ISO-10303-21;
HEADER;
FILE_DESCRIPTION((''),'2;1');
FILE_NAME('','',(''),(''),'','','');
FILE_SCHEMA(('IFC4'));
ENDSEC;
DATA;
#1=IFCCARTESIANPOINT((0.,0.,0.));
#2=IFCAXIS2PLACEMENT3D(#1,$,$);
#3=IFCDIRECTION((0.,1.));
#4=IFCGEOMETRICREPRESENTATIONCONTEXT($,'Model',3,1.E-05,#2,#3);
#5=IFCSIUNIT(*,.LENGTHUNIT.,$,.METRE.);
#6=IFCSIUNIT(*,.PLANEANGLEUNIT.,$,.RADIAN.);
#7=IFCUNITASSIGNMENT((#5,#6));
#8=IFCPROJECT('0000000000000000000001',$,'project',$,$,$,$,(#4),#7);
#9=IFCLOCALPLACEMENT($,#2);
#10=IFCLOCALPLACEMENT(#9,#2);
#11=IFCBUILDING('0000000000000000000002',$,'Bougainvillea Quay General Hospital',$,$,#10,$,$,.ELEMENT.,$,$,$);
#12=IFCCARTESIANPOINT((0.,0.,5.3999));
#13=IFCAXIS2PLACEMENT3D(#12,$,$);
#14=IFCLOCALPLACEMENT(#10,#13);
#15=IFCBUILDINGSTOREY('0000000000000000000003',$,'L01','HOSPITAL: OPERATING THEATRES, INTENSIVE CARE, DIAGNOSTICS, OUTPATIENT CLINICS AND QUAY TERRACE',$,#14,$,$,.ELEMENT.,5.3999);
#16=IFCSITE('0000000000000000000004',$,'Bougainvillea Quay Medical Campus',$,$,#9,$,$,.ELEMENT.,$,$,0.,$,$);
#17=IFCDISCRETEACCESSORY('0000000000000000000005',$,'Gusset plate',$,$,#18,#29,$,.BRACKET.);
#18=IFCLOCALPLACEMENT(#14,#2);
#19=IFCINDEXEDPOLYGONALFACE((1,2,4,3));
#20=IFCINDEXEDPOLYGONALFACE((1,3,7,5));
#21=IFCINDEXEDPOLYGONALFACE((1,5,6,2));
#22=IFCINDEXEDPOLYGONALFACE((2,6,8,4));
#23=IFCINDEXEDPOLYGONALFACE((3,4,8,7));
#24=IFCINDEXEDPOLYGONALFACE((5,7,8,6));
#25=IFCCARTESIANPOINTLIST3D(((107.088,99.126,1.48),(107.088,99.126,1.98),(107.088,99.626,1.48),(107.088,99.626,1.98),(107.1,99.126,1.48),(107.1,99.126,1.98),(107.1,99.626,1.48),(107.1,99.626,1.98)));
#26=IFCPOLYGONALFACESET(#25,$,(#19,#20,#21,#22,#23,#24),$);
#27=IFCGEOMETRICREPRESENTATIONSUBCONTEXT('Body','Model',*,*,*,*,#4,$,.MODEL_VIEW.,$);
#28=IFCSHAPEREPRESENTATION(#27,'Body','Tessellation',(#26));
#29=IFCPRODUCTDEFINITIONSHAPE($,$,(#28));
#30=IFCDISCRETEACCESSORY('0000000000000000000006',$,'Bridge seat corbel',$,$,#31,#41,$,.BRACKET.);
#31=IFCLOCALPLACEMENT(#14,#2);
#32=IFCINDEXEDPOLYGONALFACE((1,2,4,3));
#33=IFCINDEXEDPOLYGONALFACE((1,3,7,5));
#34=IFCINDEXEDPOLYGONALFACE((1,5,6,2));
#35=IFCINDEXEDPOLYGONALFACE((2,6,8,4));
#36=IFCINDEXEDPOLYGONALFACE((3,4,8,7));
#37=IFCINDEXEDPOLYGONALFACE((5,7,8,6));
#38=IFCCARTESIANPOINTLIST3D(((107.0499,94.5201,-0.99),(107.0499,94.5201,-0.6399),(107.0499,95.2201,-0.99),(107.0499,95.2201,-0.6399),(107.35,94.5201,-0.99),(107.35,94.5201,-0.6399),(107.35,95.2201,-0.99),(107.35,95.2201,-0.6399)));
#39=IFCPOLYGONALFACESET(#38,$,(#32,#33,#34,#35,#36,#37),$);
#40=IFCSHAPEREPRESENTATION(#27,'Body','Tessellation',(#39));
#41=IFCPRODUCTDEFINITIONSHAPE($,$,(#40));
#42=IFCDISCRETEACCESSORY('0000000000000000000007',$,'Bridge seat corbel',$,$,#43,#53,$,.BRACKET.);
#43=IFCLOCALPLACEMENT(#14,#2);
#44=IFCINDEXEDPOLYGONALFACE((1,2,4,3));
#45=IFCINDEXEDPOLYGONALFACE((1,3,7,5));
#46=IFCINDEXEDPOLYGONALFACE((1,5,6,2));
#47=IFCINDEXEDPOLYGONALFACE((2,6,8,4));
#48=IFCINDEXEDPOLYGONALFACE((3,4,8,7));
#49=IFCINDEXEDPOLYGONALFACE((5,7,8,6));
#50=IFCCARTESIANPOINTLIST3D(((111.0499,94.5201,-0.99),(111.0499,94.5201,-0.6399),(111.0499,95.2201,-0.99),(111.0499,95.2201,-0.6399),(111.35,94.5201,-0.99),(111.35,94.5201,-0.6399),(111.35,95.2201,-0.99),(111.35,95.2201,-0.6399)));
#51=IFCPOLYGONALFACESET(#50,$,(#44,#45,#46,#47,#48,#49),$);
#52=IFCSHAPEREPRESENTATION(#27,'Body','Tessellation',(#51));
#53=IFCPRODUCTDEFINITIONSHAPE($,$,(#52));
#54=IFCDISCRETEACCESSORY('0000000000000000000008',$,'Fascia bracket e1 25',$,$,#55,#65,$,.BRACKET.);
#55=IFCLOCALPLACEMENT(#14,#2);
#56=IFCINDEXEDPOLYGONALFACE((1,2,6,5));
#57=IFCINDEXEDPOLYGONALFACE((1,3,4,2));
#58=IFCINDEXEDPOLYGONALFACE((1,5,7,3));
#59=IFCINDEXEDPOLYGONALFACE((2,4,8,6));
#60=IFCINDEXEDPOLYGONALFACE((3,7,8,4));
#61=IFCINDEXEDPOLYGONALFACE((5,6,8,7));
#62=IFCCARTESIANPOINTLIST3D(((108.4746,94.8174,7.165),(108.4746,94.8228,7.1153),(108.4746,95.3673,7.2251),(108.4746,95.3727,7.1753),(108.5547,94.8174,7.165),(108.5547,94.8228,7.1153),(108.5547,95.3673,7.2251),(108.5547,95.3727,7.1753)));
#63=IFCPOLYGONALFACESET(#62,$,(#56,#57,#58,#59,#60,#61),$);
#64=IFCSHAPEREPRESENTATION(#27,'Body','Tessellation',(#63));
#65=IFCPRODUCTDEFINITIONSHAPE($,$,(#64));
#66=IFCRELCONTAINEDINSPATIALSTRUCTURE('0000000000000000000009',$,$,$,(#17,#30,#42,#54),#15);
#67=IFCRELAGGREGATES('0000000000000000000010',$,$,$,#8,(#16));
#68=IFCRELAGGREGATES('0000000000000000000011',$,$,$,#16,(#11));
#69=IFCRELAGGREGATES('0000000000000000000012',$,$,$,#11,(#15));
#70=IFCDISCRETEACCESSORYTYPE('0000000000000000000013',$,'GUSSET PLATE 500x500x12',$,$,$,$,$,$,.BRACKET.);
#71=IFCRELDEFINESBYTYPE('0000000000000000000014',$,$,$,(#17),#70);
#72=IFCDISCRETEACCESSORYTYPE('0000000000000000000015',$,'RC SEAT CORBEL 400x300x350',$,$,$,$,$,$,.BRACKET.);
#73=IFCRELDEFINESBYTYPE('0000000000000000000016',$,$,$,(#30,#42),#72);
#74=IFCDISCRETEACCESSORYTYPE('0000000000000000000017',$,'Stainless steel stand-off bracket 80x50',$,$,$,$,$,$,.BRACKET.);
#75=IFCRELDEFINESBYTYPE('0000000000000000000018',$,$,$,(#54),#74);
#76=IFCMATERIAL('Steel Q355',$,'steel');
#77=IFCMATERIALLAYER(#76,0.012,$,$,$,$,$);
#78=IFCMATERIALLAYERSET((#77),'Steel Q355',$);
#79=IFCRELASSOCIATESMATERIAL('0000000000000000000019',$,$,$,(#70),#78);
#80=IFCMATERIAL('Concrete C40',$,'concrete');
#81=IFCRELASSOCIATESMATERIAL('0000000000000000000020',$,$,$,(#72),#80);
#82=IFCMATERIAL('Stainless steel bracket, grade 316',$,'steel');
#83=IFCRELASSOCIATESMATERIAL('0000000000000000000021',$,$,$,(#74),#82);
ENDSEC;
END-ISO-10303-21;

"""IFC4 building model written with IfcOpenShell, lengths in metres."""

from ifc_helpers import new_model, si_unit, direction, frame, origin, origin_2d, place, context, subcontext, project, spatial, rectangle, extrude, material, layer, layer_set, material_profile, profile_set, type_object, element, save


model = new_model("IFC4")

# Units and contexts
model_context = context("Model", 3, precision=1e-05, world=origin(), true_north=direction((0.0, 1.0)))
body_context = subcontext(model_context, "Body", "Model", "MODEL_VIEW")
ifc_project = project(units=[si_unit("LENGTHUNIT", "METRE"), si_unit("PLANEANGLEUNIT", "RADIAN")], contexts=[model_context])

# Site, building, storey
site_placement = place(None, origin())
site = spatial("IfcSite", under=ifc_project, at=site_placement, Name="Bougainvillea Quay Medical Campus", CompositionType="ELEMENT", RefElevation=0.0)
building_placement = place(site_placement, origin())
building = spatial("IfcBuilding", under=site, at=building_placement, Name="Bougainvillea Quay General Hospital", CompositionType="ELEMENT")
storey_placement = place(building_placement, frame((0.0, 0.0, 5.3999)))
storey = spatial("IfcBuildingStorey", under=building, at=storey_placement, Name="L01", Description="HOSPITAL: OPERATING THEATRES, INTENSIVE CARE, DIAGNOSTICS, OUTPATIENT CLINICS AND QUAY TERRACE", CompositionType="ELEMENT", Elevation=5.3999)

# Shared definitions
ifc_material_1 = material(Name="Steel Q355", Category="steel")

# Discrete accessories
ifc_layer_1 = layer(ifc_material_1, 0.012)
ifc_layer_set_1 = layer_set([ifc_layer_1], Name="Steel Q355")
discrete_accessory_type_1 = type_object("IfcDiscreteAccessoryType", Name="GUSSET PLATE 500x500x12", PredefinedType="BRACKET", material=ifc_layer_set_1)
for number, where, z_axis, x_axis, name in (
    (1, (107.094, 99.376, 1.48), (0.0, 0.0, 1.0), (0.0, 1.0, 0.0), "Gusset plate"),
):
    element("IfcDiscreteAccessory", number, at=place(storey_placement, frame(where, z_axis=z_axis, x_axis=x_axis)), inside=storey, type_object=discrete_accessory_type_1, Name=name, PredefinedType="BRACKET", context=body_context, shape_type="SweptSolid", body=[
        extrude(rectangle(XDim=0.5, YDim=0.012, at=origin_2d()), origin(), (0.0, 0.0, 1.0), 0.5),
    ])
ifc_material_2 = material(Name="Concrete C40", Category="concrete")
discrete_accessory_type_2 = type_object("IfcDiscreteAccessoryType", Name="RC SEAT CORBEL 400x300x350", PredefinedType="BRACKET", material=ifc_material_2)
for number, where, z_axis, x_axis, name in (
    (2, (107.2, 94.8701, -0.99), (0.0, 0.0, 1.0), (0.0, 1.0, 0.0), "Bridge seat corbel"),
    (3, (111.2, 94.8701, -0.99), (0.0, 0.0, 1.0), (0.0, 1.0, 0.0), "Bridge seat corbel"),
):
    element("IfcDiscreteAccessory", number, at=place(storey_placement, frame(where, z_axis=z_axis, x_axis=x_axis)), inside=storey, type_object=discrete_accessory_type_2, Name=name, PredefinedType="BRACKET", context=body_context, shape_type="SweptSolid", body=[
        extrude(rectangle(XDim=0.7, YDim=0.3, at=origin_2d()), origin(), (0.0, 0.0, 1.0), 0.3501),
    ])
ifc_material_3 = material(Name="Stainless steel bracket, grade 316", Category="steel")
ifc_material_profile_1 = material_profile(ifc_material_3, rectangle(XDim=0.0801, YDim=0.05, at=origin_2d()))
ifc_profile_set_1 = profile_set([ifc_material_profile_1], Name="Stainless steel bracket, grade 316")
discrete_accessory_type_3 = type_object("IfcDiscreteAccessoryType", Name="Stainless steel stand-off bracket 80x50", PredefinedType="BRACKET", material=ifc_profile_set_1)
discrete_accessory_placement = place(storey_placement, frame((108.5146, 94.8201, 7.1401), z_axis=(0.0, 0.994092, 0.108543), x_axis=(-1.0, 0.0, 0.0)))
element("IfcDiscreteAccessory", 4, at=discrete_accessory_placement, inside=storey, type_object=discrete_accessory_type_3, Name="Fascia bracket e1 25", PredefinedType="BRACKET", context=body_context, shape_type="SweptSolid", body=[
    extrude(rectangle(XDim=0.0801, YDim=0.05, at=origin_2d()), origin(), (0.0, 0.0, 1.0), 0.5532),
])

save(model, "model.ifc")
